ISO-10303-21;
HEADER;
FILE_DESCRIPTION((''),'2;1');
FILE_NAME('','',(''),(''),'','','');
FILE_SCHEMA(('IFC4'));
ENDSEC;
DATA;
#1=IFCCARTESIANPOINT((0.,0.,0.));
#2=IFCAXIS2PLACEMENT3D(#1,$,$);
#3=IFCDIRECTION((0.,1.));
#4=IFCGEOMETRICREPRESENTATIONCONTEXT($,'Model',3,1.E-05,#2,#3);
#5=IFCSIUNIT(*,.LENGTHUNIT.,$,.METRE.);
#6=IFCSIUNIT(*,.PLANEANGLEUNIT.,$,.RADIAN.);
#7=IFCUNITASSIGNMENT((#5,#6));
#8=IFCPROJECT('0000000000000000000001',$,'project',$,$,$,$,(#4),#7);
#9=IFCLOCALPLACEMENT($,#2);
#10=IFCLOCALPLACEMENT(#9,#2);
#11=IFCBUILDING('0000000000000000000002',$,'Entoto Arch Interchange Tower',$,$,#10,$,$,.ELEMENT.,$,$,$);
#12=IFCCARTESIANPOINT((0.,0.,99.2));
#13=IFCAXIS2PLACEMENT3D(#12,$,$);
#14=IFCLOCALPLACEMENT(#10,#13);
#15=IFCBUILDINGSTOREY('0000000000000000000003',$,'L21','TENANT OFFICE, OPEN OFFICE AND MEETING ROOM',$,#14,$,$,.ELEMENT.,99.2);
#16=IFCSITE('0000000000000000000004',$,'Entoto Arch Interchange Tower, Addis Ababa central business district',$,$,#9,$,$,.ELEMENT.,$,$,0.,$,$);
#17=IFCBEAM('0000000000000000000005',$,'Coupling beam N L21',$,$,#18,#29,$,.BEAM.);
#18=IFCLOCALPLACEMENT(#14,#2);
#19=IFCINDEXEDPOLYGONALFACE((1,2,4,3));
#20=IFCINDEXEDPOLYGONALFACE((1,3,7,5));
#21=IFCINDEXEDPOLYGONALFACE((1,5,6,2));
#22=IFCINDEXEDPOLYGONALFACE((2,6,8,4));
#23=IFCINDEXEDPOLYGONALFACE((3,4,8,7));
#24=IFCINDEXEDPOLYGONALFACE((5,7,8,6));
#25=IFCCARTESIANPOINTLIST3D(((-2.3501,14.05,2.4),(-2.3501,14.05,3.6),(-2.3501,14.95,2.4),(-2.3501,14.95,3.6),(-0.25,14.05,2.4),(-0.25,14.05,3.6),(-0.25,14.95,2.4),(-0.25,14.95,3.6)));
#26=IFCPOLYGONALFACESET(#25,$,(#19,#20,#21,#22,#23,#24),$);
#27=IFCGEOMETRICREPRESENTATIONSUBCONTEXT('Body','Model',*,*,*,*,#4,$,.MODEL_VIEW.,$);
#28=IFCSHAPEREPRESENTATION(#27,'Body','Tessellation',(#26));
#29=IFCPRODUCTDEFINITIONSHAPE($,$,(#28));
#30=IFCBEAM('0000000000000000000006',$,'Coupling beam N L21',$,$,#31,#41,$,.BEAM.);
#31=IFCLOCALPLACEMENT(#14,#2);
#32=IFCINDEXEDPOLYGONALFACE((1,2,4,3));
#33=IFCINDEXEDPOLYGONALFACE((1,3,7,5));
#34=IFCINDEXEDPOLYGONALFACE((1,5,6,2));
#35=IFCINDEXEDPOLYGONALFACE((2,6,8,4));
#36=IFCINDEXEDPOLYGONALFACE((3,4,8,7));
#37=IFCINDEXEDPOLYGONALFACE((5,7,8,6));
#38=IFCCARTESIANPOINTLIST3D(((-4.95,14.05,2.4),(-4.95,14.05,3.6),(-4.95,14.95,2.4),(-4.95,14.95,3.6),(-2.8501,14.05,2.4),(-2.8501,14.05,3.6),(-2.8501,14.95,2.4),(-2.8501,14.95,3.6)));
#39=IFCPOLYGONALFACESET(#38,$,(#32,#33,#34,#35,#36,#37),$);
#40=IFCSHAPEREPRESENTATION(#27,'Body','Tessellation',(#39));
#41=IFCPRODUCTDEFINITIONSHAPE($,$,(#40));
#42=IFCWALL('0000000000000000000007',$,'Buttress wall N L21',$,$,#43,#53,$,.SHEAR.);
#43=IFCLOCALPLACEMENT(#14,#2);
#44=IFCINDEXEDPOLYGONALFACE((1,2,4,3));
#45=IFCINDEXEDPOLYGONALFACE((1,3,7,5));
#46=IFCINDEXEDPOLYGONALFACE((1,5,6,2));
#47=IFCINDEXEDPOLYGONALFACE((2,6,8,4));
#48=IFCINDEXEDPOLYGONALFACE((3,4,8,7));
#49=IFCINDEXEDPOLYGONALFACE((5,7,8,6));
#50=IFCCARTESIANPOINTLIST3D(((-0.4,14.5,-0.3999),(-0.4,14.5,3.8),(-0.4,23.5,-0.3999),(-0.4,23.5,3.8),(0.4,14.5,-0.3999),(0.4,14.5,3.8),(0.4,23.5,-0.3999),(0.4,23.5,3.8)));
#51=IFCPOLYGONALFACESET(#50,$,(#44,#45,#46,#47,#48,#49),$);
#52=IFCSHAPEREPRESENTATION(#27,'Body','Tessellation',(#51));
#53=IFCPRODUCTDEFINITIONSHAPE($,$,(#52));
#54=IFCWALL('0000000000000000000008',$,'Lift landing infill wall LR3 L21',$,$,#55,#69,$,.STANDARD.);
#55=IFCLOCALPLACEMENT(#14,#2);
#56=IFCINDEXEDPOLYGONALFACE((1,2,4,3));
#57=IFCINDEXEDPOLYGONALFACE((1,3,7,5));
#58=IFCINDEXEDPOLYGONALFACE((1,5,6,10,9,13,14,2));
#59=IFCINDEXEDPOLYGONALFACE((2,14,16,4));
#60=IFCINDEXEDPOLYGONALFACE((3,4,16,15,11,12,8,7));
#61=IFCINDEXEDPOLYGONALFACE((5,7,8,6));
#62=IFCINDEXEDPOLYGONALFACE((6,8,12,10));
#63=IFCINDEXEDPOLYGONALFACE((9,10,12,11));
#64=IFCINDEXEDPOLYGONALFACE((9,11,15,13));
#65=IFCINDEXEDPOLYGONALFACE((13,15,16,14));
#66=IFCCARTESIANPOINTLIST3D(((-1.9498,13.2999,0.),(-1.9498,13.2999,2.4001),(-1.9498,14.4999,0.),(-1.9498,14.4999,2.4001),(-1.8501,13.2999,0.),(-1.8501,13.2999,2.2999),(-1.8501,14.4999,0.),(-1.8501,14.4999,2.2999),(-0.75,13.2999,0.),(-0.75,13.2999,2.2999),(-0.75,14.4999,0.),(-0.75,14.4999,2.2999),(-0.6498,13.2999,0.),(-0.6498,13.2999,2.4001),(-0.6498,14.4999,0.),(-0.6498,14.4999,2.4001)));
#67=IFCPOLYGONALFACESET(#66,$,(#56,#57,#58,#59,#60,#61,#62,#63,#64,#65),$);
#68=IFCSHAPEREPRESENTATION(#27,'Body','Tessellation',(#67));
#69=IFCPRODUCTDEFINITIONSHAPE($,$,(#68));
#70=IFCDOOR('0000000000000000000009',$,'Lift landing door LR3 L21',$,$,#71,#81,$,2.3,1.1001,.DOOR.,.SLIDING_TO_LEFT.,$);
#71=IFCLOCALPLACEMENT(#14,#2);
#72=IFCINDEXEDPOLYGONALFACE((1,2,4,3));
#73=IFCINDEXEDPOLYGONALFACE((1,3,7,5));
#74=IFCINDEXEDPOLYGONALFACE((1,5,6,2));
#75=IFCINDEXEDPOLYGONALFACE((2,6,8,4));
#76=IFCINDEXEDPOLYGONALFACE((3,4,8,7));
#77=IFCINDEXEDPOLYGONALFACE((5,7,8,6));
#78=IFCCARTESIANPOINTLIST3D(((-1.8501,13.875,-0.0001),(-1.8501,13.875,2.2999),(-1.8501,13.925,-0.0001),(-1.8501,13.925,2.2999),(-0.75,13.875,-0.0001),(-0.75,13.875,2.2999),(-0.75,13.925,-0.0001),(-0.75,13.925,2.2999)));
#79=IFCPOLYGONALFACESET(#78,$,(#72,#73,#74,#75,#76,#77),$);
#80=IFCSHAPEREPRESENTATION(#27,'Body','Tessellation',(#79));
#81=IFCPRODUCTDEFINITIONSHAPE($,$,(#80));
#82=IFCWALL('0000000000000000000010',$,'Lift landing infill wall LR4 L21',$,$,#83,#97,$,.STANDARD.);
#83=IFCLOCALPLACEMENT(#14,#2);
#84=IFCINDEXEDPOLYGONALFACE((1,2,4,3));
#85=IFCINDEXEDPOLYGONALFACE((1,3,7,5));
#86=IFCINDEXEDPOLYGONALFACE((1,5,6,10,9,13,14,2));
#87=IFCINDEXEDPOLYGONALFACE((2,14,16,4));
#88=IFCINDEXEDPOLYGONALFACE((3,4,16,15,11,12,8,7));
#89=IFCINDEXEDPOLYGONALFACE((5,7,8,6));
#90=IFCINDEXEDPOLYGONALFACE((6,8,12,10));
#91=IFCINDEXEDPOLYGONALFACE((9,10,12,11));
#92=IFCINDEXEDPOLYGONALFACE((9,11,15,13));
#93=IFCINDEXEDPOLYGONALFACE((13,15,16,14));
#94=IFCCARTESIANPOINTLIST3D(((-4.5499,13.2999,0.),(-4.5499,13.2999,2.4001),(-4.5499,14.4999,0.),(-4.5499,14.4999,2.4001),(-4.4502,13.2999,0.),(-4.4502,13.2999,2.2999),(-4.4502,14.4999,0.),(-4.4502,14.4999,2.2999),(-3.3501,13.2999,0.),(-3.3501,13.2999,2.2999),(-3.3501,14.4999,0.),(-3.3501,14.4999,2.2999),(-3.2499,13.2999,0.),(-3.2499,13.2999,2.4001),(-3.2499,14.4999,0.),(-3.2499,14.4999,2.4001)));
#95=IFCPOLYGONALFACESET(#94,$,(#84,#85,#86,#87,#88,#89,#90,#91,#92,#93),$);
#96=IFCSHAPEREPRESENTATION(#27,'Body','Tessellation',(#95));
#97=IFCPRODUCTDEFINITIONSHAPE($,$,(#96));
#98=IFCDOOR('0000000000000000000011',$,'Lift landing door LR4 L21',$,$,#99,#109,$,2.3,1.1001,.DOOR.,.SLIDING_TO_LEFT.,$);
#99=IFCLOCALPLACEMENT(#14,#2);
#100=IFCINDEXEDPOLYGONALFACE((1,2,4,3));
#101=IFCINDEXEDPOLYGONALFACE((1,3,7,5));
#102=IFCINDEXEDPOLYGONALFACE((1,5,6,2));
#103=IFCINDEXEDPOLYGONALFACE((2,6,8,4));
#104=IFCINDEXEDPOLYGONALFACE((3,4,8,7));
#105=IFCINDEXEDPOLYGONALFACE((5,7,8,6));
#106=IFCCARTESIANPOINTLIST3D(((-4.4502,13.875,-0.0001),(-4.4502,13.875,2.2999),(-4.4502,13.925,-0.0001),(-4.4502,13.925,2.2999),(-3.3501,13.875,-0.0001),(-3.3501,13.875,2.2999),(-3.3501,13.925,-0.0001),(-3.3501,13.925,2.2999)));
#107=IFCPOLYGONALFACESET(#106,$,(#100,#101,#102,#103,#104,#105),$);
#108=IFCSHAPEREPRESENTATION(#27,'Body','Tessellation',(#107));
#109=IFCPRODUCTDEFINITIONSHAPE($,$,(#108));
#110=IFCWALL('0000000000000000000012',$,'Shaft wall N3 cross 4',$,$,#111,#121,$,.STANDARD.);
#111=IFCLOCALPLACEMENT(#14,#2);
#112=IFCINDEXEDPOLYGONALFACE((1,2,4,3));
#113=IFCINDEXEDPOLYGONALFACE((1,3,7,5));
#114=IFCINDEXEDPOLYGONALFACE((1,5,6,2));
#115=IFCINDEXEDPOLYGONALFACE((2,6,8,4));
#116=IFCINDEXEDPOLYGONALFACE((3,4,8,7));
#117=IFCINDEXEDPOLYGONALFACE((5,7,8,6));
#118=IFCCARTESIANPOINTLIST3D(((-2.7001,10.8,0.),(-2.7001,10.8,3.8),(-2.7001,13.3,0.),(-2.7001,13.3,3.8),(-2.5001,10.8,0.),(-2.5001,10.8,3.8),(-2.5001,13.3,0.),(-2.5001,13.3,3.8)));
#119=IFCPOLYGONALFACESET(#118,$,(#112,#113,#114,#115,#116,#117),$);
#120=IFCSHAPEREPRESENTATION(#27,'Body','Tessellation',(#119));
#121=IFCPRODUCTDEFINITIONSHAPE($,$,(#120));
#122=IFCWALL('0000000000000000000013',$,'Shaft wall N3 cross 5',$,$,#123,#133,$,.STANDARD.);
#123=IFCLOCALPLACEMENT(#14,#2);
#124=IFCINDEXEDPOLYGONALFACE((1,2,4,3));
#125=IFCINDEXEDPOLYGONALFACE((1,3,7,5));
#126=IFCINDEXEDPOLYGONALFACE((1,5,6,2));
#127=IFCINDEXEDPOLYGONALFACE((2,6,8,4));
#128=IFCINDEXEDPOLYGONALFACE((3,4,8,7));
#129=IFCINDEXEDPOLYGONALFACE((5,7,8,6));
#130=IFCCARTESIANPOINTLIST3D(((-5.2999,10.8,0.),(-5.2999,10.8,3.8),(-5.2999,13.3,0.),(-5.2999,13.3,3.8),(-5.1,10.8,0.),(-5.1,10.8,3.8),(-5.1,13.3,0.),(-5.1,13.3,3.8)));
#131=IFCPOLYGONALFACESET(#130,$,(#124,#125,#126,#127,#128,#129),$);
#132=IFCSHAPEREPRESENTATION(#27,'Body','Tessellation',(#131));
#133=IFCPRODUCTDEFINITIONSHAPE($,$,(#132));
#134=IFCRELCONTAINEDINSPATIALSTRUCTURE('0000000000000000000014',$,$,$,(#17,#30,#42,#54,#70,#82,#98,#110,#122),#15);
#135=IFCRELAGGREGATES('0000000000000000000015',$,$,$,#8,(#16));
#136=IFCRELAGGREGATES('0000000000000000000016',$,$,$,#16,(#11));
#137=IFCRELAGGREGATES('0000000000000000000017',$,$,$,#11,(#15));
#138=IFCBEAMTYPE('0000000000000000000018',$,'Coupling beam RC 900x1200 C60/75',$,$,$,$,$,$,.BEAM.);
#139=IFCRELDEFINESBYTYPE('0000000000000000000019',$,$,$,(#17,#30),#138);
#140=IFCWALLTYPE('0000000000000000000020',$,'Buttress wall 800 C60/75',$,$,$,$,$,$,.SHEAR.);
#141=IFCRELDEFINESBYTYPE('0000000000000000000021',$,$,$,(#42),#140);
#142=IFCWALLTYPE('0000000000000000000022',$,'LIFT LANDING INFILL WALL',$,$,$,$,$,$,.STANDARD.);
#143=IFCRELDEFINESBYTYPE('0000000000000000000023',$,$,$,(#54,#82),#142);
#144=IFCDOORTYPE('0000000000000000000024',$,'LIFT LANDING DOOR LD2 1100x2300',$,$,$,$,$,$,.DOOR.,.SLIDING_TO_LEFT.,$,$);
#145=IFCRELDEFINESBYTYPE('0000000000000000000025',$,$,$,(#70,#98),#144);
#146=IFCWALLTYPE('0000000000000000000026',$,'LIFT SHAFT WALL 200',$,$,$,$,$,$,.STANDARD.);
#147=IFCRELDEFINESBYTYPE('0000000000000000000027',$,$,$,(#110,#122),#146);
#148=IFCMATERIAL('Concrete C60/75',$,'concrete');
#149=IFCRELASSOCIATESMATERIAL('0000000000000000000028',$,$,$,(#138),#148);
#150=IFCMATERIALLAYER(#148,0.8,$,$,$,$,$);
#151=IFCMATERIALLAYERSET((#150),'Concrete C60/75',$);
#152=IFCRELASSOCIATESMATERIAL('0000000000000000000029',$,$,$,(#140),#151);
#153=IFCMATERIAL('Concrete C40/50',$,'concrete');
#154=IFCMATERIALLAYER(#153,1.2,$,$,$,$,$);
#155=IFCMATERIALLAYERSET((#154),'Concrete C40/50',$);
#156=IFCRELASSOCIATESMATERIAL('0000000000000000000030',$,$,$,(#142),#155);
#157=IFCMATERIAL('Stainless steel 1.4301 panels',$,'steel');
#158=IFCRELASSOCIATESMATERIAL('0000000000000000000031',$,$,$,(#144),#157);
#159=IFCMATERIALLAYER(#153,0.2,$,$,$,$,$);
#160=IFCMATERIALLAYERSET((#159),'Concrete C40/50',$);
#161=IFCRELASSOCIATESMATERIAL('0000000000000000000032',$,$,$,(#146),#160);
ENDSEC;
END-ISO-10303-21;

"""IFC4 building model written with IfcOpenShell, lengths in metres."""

from ifc_helpers import new_model, si_unit, direction, frame, frame_2d, origin, origin_2d, place, context, subcontext, project, spatial, rectangle, extrude, material, layer, layer_set, material_profile, profile_set, type_object, element, fill, save


model = new_model("IFC4")

# Units and contexts
model_context = context("Model", 3, precision=1e-05, world=origin(), true_north=direction((0.0, 1.0)))
body_context = subcontext(model_context, "Body", "Model", "MODEL_VIEW")
ifc_project = project(units=[si_unit("LENGTHUNIT", "METRE"), si_unit("PLANEANGLEUNIT", "RADIAN")], contexts=[model_context])

# Site, building, storey
site_placement = place(None, origin())
site = spatial("IfcSite", under=ifc_project, at=site_placement, Name="Entoto Arch Interchange Tower, Addis Ababa central business district", CompositionType="ELEMENT", RefElevation=0.0)
building_placement = place(site_placement, origin())
building = spatial("IfcBuilding", under=site, at=building_placement, Name="Entoto Arch Interchange Tower", CompositionType="ELEMENT")
storey_placement = place(building_placement, frame((0.0, 0.0, 99.2)))
storey = spatial("IfcBuildingStorey", under=building, at=storey_placement, Name="L21", Description="TENANT OFFICE, OPEN OFFICE AND MEETING ROOM", CompositionType="ELEMENT", Elevation=99.2)

# Beams
ifc_material_1 = material(Name="Concrete C60/75", Category="concrete")
ifc_material_profile = material_profile(ifc_material_1, rectangle(XDim=0.8999, YDim=1.2, at=origin_2d()))
ifc_profile_set = profile_set([ifc_material_profile], Name="Concrete C60/75")
beam_type = type_object("IfcBeamType", Name="Coupling beam RC 900x1200 C60/75", PredefinedType="BEAM", material=ifc_profile_set)
beam_1_placement = place(storey_placement, frame((-0.25, 14.5, 3.0), z_axis=(-1.0, 0.0, 0.0), x_axis=(0.0, -1.0, 0.0)))
element("IfcBeam", 1, at=beam_1_placement, inside=storey, type_object=beam_type, Name="Coupling beam N L21", PredefinedType="BEAM", context=body_context, shape_type="SweptSolid", body=[
    extrude(rectangle(XDim=0.8999, YDim=1.2, at=origin_2d()), origin(), (0.0, 0.0, 1.0), 2.1001),
])
beam_2_placement = place(storey_placement, frame((-2.8501, 14.5, 3.0), z_axis=(-1.0, 0.0, 0.0), x_axis=(0.0, -1.0, 0.0)))
element("IfcBeam", 2, at=beam_2_placement, inside=storey, type_object=beam_type, Name="Coupling beam N L21", PredefinedType="BEAM", context=body_context, shape_type="SweptSolid", body=[
    extrude(rectangle(XDim=0.8999, YDim=1.2, at=origin_2d()), origin(), (0.0, 0.0, 1.0), 2.0999),
])

# Wall
ifc_layer_1 = layer(ifc_material_1, 0.8)
ifc_layer_set_1 = layer_set([ifc_layer_1], Name="Concrete C60/75")
wall_type_1 = type_object("IfcWallType", Name="Buttress wall 800 C60/75", PredefinedType="SHEAR", material=ifc_layer_set_1)
wall_1_placement = place(storey_placement, frame((0.0, 14.5, -0.3999), z_axis=(0.0, 0.0, 1.0), x_axis=(0.0, 1.0, 0.0)))
element("IfcWall", 3, at=wall_1_placement, inside=storey, type_object=wall_type_1, Name="Buttress wall N L21", PredefinedType="SHEAR", context=body_context, shape_type="SweptSolid", body=[
    extrude(rectangle(XDim=9.0, YDim=0.8, at=frame_2d((4.5, 0.0))), origin(), (0.0, 0.0, 1.0), 4.2),
])

# Walls, openings, doors
ifc_material_2 = material(Name="Concrete C40/50", Category="concrete")
ifc_layer_2 = layer(ifc_material_2, 1.2)
ifc_layer_set_2 = layer_set([ifc_layer_2], Name="Concrete C40/50")
wall_type_2 = type_object("IfcWallType", Name="LIFT LANDING INFILL WALL", PredefinedType="STANDARD", material=ifc_layer_set_2)
wall_2_placement = place(storey_placement, frame((-0.6499, 13.8999, 0.0), z_axis=(0.0, 0.0, 1.0), x_axis=(-1.0, 0.0, 0.0)))
wall_2 = element("IfcWall", 4, at=wall_2_placement, inside=storey, type_object=wall_type_2, Name="Lift landing infill wall LR3 L21", PredefinedType="STANDARD", context=body_context, shape_type="SweptSolid", body=[
    extrude(rectangle(XDim=1.3, YDim=1.2, at=frame_2d((0.6499, 0.0))), origin(), (0.0, 0.0, 1.0), 2.4001),
])
opening_1_placement = place(wall_2_placement, frame((0.1001, 0.0, 0.0)))
opening_1 = element("IfcOpeningElement", 5, at=opening_1_placement, cuts=wall_2, PredefinedType="OPENING", context=body_context, shape_type="SweptSolid", body=[
    extrude(rectangle(XDim=1.1001, YDim=2.3, at=frame_2d((0.55, 1.1499))), frame((0.0, 0.6099, 0.0), z_axis=(0.0, -1.0, 0.0), x_axis=(1.0, 0.0, 0.0)), (0.0, 0.0, 1.0), 1.22),
])
ifc_material_3 = material(Name="Stainless steel 1.4301 panels", Category="steel")
door_type_1 = type_object("IfcDoorType", Name="LIFT LANDING DOOR LD2 1100x2300", OperationType="SLIDING_TO_LEFT", PredefinedType="DOOR", material=ifc_material_3)
door_1_placement = place(opening_1_placement, origin())
door_1 = element("IfcDoor", 6, at=door_1_placement, inside=storey, type_object=door_type_1, Name="Lift landing door LR3 L21", OperationType="SLIDING_TO_LEFT", OverallHeight=2.3, OverallWidth=1.1001, PredefinedType="DOOR", context=body_context, shape_type="SweptSolid", body=[
    extrude(rectangle(XDim=1.1001, YDim=2.3, at=frame_2d((0.55, 1.1499))), frame((0.0, 0.0249, 0.0), z_axis=(0.0, -1.0, 0.0), x_axis=(1.0, 0.0, 0.0)), (0.0, 0.0, 1.0), 0.05),
])
fill(opening_1, door_1)
wall_3_placement = place(storey_placement, frame((-3.25, 13.8999, 0.0), z_axis=(0.0, 0.0, 1.0), x_axis=(-1.0, 0.0, 0.0)))
wall_3 = element("IfcWall", 7, at=wall_3_placement, inside=storey, type_object=wall_type_2, Name="Lift landing infill wall LR4 L21", PredefinedType="STANDARD", context=body_context, shape_type="SweptSolid", body=[
    extrude(rectangle(XDim=1.3, YDim=1.2, at=frame_2d((0.6499, 0.0))), origin(), (0.0, 0.0, 1.0), 2.4001),
])
opening_2_placement = place(wall_3_placement, frame((0.1001, 0.0, 0.0)))
opening_2 = element("IfcOpeningElement", 8, at=opening_2_placement, cuts=wall_3, PredefinedType="OPENING", context=body_context, shape_type="SweptSolid", body=[
    extrude(rectangle(XDim=1.1001, YDim=2.3, at=frame_2d((0.55, 1.1499))), frame((0.0, 0.6099, 0.0), z_axis=(0.0, -1.0, 0.0), x_axis=(1.0, 0.0, 0.0)), (0.0, 0.0, 1.0), 1.22),
])
door_2_placement = place(opening_2_placement, origin())
door_2 = element("IfcDoor", 9, at=door_2_placement, inside=storey, type_object=door_type_1, Name="Lift landing door LR4 L21", OperationType="SLIDING_TO_LEFT", OverallHeight=2.3, OverallWidth=1.1001, PredefinedType="DOOR", context=body_context, shape_type="SweptSolid", body=[
    extrude(rectangle(XDim=1.1001, YDim=2.3, at=frame_2d((0.55, 1.1499))), frame((0.0, 0.0249, 0.0), z_axis=(0.0, -1.0, 0.0), x_axis=(1.0, 0.0, 0.0)), (0.0, 0.0, 1.0), 0.05),
])
fill(opening_2, door_2)

# Walls
ifc_layer_3 = layer(ifc_material_2, 0.2)
ifc_layer_set_3 = layer_set([ifc_layer_3], Name="Concrete C40/50")
wall_type_3 = type_object("IfcWallType", Name="LIFT SHAFT WALL 200", PredefinedType="STANDARD", material=ifc_layer_set_3)
for number, where, z_axis, x_axis, name in (
    (10, (-2.6001, 10.8, 0.0), (0.0, 0.0, 1.0), (0.0, 1.0, 0.0), "Shaft wall N3 cross 4"),
    (11, (-5.2, 10.8, 0.0), (0.0, 0.0, 1.0), (0.0, 1.0, 0.0), "Shaft wall N3 cross 5"),
):
    element("IfcWall", number, at=place(storey_placement, frame(where, z_axis=z_axis, x_axis=x_axis)), inside=storey, type_object=wall_type_3, Name=name, PredefinedType="STANDARD", context=body_context, shape_type="SweptSolid", body=[
        extrude(rectangle(XDim=2.5, YDim=0.2, at=frame_2d((1.25, 0.0))), origin(), (0.0, 0.0, 1.0), 3.8),
    ])

save(model, "model.ifc")
